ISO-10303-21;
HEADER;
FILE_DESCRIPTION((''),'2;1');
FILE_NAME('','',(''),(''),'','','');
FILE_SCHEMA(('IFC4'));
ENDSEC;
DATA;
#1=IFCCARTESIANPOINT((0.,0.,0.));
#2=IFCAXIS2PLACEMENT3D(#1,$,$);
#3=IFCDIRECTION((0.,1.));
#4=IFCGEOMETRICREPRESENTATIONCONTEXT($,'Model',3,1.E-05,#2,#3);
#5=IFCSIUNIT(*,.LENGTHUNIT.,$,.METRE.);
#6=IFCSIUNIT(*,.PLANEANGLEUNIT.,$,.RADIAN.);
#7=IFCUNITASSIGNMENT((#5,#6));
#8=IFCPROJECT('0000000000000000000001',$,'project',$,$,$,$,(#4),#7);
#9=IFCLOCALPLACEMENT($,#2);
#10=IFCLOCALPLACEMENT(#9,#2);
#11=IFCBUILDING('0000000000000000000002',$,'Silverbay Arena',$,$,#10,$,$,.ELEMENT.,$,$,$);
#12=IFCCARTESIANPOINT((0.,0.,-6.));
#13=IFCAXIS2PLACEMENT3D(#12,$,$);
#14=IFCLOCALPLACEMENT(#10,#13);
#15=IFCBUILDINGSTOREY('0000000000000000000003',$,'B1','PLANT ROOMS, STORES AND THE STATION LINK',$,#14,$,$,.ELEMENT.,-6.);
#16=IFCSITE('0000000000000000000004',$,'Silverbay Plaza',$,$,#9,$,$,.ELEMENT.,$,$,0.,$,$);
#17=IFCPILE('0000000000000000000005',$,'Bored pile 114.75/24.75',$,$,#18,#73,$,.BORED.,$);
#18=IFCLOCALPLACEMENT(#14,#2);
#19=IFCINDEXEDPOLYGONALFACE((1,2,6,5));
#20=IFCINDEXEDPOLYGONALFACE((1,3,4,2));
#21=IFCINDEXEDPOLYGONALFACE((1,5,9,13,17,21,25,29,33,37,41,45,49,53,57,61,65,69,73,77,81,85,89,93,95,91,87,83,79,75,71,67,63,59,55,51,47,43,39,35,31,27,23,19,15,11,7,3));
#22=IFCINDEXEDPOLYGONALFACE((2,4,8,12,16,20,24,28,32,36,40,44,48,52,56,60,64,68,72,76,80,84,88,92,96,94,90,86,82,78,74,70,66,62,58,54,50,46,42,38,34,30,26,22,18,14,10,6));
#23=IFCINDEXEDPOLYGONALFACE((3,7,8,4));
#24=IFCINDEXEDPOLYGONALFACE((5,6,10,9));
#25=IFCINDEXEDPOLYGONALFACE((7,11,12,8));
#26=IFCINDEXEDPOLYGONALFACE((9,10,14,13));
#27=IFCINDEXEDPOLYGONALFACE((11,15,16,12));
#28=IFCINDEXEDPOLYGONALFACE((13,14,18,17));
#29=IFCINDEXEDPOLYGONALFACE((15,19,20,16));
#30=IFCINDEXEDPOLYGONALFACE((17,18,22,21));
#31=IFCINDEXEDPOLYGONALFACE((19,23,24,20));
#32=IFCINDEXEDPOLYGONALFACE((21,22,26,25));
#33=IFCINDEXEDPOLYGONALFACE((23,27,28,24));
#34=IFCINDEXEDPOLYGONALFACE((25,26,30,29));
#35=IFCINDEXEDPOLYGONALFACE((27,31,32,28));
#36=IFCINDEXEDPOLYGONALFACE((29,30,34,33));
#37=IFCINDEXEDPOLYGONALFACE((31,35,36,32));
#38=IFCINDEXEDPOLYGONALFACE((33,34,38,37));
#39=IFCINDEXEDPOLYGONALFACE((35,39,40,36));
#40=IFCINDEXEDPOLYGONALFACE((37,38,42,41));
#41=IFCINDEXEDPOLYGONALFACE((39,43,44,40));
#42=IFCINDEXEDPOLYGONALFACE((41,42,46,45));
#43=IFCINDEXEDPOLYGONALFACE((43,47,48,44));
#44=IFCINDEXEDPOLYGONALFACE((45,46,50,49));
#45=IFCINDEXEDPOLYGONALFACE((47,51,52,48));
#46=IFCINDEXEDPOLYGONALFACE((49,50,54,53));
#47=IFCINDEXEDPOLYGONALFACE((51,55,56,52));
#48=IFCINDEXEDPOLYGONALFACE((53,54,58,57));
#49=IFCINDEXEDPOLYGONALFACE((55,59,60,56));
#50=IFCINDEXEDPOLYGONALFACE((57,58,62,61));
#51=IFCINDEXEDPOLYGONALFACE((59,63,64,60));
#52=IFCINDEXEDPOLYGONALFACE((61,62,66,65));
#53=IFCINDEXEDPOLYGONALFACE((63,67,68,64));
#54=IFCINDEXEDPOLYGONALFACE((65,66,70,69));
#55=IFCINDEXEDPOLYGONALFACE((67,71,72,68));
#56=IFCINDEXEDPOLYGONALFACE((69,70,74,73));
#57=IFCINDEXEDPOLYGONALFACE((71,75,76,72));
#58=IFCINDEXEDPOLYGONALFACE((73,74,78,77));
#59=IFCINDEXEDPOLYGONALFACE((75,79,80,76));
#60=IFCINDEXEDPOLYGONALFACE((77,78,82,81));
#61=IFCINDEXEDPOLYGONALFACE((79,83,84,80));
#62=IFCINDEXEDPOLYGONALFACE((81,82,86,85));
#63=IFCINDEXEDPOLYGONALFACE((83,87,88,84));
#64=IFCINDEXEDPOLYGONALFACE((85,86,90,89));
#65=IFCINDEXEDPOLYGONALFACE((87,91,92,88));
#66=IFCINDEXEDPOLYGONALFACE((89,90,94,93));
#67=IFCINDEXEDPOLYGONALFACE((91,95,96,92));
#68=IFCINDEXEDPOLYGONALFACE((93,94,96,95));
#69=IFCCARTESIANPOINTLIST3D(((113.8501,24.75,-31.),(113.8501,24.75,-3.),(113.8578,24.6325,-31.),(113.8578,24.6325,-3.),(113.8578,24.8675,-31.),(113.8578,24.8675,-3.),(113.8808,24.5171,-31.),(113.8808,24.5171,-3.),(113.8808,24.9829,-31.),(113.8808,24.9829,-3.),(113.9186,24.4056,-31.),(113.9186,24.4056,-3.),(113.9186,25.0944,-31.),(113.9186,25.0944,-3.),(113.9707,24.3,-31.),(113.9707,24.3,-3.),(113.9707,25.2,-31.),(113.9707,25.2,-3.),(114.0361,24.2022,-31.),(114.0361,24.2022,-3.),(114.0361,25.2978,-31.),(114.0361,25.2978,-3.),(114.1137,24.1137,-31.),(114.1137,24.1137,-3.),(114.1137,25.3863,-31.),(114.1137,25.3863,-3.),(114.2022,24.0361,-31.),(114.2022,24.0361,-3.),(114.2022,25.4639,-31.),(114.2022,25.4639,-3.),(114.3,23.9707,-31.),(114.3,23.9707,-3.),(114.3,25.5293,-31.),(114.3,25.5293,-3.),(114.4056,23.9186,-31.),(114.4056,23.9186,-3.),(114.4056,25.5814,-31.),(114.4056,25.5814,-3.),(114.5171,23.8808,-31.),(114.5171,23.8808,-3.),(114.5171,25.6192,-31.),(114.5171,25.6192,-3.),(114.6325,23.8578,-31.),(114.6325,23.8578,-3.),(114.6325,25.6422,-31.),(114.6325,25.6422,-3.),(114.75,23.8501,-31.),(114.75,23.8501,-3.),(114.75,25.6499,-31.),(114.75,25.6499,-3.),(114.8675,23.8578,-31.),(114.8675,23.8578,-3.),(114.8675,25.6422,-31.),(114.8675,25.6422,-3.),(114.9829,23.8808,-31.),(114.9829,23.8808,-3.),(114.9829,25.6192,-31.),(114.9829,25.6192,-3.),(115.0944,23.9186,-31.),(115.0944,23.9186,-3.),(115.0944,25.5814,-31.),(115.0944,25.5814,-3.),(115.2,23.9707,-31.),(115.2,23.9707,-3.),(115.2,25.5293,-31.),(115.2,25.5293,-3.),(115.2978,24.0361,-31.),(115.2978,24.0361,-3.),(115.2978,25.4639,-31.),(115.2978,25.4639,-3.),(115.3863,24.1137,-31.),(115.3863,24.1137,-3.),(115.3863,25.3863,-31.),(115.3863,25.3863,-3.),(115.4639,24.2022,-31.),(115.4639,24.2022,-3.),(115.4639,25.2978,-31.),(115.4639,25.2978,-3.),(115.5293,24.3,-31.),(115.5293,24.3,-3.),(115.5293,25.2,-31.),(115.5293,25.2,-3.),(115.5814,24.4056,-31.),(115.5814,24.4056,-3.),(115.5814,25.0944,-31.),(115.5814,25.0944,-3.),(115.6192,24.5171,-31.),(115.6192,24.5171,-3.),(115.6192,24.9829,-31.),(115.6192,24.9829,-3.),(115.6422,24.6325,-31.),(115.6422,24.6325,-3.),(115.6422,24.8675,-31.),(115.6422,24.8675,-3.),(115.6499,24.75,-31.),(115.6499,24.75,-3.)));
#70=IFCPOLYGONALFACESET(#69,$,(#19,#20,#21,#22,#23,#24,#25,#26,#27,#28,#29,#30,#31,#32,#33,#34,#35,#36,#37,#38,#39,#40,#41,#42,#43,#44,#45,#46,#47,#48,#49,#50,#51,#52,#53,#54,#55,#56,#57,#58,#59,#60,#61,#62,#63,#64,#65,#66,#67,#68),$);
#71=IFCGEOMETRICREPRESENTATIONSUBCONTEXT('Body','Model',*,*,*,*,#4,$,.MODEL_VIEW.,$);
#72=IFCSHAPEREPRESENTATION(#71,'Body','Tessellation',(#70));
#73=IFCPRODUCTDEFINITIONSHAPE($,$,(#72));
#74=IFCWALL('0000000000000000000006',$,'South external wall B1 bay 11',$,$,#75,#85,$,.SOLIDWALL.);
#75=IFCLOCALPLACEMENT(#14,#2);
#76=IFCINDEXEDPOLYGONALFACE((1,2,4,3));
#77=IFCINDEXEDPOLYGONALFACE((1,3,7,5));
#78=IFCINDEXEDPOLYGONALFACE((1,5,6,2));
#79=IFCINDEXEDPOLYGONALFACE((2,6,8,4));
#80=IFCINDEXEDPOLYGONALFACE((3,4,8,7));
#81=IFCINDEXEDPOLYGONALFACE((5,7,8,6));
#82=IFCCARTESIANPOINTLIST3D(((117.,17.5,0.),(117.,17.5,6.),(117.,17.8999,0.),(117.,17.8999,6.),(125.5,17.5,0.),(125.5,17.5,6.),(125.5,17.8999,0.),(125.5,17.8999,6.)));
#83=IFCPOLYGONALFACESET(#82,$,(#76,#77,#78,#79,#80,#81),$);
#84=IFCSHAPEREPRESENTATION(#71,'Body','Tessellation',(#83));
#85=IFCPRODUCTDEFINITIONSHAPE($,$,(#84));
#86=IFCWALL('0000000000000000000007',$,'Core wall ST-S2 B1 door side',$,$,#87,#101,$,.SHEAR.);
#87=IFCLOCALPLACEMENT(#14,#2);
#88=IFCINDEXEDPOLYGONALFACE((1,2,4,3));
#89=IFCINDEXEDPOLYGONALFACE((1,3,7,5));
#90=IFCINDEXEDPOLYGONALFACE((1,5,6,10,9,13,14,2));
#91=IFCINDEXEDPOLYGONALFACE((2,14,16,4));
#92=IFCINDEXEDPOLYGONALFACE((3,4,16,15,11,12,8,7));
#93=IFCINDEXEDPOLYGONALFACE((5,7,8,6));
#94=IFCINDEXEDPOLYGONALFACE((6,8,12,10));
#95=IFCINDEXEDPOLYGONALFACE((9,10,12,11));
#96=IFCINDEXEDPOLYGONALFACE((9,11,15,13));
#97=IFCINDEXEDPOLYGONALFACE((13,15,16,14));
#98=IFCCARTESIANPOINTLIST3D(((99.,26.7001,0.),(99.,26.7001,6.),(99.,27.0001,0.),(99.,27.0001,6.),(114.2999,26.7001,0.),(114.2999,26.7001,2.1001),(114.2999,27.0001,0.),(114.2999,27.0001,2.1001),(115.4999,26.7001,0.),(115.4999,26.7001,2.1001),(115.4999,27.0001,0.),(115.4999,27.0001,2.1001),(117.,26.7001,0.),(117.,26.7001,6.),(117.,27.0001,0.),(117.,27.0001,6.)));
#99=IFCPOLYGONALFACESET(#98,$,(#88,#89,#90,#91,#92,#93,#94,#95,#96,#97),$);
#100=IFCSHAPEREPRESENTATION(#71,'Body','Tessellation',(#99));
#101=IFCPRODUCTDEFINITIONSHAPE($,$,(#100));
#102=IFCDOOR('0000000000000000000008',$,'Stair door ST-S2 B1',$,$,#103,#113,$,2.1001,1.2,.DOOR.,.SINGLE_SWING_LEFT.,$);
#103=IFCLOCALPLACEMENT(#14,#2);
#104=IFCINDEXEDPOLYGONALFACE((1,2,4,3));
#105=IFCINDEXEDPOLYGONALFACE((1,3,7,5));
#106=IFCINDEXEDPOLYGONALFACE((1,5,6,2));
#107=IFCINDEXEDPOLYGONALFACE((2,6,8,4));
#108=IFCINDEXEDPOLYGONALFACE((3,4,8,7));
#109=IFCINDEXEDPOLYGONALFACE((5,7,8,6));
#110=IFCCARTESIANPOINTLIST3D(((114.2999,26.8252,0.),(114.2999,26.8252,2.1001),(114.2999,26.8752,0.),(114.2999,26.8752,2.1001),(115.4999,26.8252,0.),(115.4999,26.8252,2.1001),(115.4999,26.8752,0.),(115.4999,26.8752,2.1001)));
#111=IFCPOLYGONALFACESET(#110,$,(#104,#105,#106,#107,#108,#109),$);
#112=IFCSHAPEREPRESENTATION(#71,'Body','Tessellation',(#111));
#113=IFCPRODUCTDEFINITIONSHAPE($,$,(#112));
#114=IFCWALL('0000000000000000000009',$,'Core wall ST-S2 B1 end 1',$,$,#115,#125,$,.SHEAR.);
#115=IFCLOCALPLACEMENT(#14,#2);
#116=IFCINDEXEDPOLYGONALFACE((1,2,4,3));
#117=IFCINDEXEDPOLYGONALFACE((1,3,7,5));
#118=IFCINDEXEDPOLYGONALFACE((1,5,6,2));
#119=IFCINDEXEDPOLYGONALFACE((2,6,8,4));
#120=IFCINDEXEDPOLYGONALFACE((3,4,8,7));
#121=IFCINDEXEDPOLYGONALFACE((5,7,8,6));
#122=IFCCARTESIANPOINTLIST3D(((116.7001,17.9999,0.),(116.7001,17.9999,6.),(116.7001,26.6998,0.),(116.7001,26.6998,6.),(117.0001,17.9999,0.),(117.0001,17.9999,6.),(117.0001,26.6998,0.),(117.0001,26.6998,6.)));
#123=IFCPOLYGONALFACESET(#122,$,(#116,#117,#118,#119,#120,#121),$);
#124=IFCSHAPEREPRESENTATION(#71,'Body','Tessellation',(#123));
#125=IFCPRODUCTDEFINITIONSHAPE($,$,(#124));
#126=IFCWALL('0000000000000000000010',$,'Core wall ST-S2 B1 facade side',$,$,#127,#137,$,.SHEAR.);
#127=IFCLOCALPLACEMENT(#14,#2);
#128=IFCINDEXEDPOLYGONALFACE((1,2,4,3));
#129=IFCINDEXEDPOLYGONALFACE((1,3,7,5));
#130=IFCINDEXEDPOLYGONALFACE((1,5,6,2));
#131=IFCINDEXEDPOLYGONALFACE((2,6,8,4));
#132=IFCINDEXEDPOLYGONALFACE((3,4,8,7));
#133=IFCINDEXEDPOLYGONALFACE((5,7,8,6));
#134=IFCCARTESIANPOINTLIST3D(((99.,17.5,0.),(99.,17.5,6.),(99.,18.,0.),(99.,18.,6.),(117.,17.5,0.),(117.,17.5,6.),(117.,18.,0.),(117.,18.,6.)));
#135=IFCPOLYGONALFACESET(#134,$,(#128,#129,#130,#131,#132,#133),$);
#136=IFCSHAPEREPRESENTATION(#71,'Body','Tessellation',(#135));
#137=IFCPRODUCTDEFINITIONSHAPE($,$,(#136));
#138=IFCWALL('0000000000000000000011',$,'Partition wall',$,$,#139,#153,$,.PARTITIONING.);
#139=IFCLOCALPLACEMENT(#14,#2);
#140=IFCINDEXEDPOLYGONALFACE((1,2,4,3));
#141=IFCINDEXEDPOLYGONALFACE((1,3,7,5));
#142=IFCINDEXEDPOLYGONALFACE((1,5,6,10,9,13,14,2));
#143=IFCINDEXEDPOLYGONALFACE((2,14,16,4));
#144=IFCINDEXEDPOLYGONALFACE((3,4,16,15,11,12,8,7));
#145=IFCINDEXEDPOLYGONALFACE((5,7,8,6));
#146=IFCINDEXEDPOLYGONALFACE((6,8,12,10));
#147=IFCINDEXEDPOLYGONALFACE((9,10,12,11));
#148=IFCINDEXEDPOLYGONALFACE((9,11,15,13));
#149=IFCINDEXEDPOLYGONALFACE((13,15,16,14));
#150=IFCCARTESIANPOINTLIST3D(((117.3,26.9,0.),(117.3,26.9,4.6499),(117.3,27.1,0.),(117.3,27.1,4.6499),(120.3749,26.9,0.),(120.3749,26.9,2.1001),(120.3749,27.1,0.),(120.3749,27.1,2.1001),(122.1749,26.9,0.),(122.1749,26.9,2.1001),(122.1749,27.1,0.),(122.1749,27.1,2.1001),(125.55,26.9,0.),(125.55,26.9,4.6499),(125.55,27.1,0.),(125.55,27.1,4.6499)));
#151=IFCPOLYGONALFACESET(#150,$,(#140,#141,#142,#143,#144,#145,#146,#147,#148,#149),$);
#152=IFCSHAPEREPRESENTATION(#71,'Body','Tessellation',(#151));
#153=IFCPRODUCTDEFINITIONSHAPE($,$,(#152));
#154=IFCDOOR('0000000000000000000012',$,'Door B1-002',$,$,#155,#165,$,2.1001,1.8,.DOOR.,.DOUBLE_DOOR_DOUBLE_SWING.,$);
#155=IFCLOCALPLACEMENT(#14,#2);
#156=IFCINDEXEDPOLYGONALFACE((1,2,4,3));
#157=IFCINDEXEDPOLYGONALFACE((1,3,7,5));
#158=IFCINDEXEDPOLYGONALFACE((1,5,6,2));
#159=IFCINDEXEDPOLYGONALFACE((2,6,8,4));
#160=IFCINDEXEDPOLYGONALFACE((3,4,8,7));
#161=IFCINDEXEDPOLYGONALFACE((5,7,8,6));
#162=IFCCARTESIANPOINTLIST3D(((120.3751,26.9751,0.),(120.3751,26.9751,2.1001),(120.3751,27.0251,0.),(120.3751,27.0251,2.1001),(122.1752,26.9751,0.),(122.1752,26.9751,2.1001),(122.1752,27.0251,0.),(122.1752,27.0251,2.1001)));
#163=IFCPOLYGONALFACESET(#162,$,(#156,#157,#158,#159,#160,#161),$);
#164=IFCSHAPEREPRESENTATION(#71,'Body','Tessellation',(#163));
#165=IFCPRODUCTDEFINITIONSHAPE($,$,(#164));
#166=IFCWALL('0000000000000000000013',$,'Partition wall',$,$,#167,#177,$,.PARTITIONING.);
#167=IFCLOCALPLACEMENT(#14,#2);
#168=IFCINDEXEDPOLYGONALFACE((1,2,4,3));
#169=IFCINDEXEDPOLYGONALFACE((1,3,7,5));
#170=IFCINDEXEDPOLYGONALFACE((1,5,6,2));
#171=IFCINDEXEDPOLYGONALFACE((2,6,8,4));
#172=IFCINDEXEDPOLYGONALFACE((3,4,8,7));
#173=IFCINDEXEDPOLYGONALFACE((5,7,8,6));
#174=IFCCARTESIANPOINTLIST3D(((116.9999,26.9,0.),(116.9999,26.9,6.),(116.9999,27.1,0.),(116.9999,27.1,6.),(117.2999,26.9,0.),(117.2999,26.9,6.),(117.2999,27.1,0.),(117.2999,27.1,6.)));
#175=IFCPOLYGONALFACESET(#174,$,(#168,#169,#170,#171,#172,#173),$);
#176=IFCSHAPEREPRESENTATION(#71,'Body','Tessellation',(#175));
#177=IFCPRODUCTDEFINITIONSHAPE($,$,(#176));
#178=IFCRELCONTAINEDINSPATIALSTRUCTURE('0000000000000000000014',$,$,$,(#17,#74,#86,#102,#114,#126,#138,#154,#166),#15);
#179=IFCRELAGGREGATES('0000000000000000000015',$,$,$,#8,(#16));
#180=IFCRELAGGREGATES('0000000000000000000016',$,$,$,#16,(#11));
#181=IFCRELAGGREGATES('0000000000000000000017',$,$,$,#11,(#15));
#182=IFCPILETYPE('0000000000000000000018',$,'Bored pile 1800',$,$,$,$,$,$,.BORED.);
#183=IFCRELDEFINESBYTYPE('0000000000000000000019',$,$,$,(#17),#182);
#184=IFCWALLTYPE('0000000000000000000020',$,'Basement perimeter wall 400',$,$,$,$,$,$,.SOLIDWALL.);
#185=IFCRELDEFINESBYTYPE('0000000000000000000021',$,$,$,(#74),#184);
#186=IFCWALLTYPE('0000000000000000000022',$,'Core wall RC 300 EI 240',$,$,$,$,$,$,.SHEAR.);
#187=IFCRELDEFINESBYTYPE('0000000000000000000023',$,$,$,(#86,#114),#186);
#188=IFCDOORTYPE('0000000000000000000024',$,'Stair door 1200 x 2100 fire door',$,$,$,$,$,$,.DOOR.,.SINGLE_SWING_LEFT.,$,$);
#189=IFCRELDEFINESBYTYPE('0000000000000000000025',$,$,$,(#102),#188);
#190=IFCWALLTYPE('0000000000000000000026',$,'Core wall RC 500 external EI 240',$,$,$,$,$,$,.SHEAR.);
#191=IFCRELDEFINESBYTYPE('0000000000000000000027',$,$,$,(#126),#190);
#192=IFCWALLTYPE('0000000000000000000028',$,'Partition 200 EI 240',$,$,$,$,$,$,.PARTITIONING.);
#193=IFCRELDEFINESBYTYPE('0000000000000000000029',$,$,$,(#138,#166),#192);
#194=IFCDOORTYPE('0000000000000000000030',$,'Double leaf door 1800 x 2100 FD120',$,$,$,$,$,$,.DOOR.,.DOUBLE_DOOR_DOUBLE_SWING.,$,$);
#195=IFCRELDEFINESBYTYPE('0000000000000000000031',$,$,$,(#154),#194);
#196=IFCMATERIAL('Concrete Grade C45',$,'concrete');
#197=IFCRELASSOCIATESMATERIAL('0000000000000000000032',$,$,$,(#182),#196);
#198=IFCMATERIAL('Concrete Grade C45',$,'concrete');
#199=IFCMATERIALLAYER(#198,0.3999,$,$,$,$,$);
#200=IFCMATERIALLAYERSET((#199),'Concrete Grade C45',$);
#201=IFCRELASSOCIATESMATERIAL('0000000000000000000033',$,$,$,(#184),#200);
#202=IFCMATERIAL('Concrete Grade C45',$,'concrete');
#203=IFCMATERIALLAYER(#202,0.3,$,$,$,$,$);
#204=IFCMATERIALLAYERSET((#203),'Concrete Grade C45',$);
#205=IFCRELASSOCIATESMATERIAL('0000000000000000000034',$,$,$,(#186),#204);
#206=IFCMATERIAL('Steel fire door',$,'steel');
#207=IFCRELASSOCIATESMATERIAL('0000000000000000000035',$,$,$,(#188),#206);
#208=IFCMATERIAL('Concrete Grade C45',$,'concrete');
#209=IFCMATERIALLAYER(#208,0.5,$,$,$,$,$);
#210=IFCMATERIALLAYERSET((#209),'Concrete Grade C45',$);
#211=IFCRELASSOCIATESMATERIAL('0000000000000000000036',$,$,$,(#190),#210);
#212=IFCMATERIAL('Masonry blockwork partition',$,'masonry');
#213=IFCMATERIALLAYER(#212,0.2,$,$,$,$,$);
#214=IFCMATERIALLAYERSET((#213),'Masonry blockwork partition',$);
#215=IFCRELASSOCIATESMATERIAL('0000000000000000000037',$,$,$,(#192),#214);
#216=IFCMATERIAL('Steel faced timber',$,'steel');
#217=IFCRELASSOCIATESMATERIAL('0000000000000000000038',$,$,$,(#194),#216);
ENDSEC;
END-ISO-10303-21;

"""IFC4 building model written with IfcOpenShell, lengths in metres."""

from ifc_helpers import new_model, si_unit, direction, frame, frame_2d, origin, origin_2d, place, context, subcontext, project, spatial, rectangle, circle, extrude, material, layer, layer_set, material_profile, profile_set, type_object, element, fill, save


model = new_model("IFC4")

# Units and contexts
model_context = context("Model", 3, precision=1e-05, world=origin(), true_north=direction((0.0, 1.0)))
body_context = subcontext(model_context, "Body", "Model", "MODEL_VIEW")
ifc_project = project(units=[si_unit("LENGTHUNIT", "METRE"), si_unit("PLANEANGLEUNIT", "RADIAN")], contexts=[model_context])

# Site, building, storey
site_placement = place(None, origin())
site = spatial("IfcSite", under=ifc_project, at=site_placement, Name="Silverbay Plaza", CompositionType="ELEMENT", RefElevation=0.0)
building_placement = place(site_placement, origin())
building = spatial("IfcBuilding", under=site, at=building_placement, Name="Silverbay Arena", CompositionType="ELEMENT")
storey_placement = place(building_placement, frame((0.0, 0.0, -6.0)))
storey = spatial("IfcBuildingStorey", under=building, at=storey_placement, Name="B1", Description="PLANT ROOMS, STORES AND THE STATION LINK", CompositionType="ELEMENT", Elevation=-6.0)

# Pile
ifc_material_1 = material(Name="Concrete Grade C45", Category="concrete")
ifc_material_profile_1 = material_profile(ifc_material_1, circle(Radius=0.8999, at=origin_2d()), Name="Bored pile 1800")
ifc_profile_set_1 = profile_set([ifc_material_profile_1], Name="Concrete Grade C45")
pile_type_1 = type_object("IfcPileType", Name="Bored pile 1800", PredefinedType="BORED", material=ifc_profile_set_1)
for number, where, z_axis, x_axis, name in (
    (1, (114.75, 24.75, -3.0), (0.0, 0.0, -1.0), (1.0, 0.0, 0.0), "Bored pile 114.75/24.75"),
):
    element("IfcPile", number, at=place(storey_placement, frame(where, z_axis=z_axis, x_axis=x_axis)), inside=storey, type_object=pile_type_1, Name=name, PredefinedType="BORED", context=body_context, shape_type="SweptSolid", body=[
        extrude(circle(Radius=0.8999, at=origin_2d()), origin(), (0.0, 0.0, 1.0), 28.0),
    ])

# Wall
ifc_material_2 = material(Name="Concrete Grade C45", Category="concrete")
ifc_layer_1 = layer(ifc_material_2, 0.3999)
ifc_layer_set_1 = layer_set([ifc_layer_1], Name="Concrete Grade C45")
wall_type_1 = type_object("IfcWallType", Name="Basement perimeter wall 400", PredefinedType="SOLIDWALL", material=ifc_layer_set_1)
wall_1_placement = place(storey_placement, frame((117.0, 17.7, 0.0), z_axis=(0.0, 0.0, 1.0), x_axis=(1.0, 0.0, 0.0)))
element("IfcWall", 2, at=wall_1_placement, inside=storey, type_object=wall_type_1, Name="South external wall B1 bay 11", PredefinedType="SOLIDWALL", context=body_context, shape_type="SweptSolid", body=[
    extrude(rectangle(XDim=8.5, YDim=0.3999, at=frame_2d((4.25, 0.0))), origin(), (0.0, 0.0, 1.0), 6.0),
])

# Wall, opening, door
ifc_material_3 = material(Name="Concrete Grade C45", Category="concrete")
ifc_layer_2 = layer(ifc_material_3, 0.3)
ifc_layer_set_2 = layer_set([ifc_layer_2], Name="Concrete Grade C45")
wall_type_2 = type_object("IfcWallType", Name="Core wall RC 300 EI 240", PredefinedType="SHEAR", material=ifc_layer_set_2)
wall_2_placement = place(storey_placement, frame((117.0, 26.8501, 0.0), z_axis=(0.0, 0.0, 1.0), x_axis=(-1.0, 0.0, 0.0)))
wall_2 = element("IfcWall", 3, at=wall_2_placement, inside=storey, type_object=wall_type_2, Name="Core wall ST-S2 B1 door side", PredefinedType="SHEAR", context=body_context, shape_type="SweptSolid", body=[
    extrude(rectangle(XDim=18.0, YDim=0.3, at=frame_2d((9.0, 0.0))), origin(), (0.0, 0.0, 1.0), 6.0),
])
opening_1_placement = place(wall_2_placement, frame((1.5, 0.0, 0.0)))
opening_1 = element("IfcOpeningElement", 4, at=opening_1_placement, cuts=wall_2, PredefinedType="OPENING", context=body_context, shape_type="SweptSolid", body=[
    extrude(rectangle(XDim=1.2, YDim=2.1001, at=frame_2d((0.6001, 1.05))), frame((0.0, 0.1602, 0.0), z_axis=(0.0, -1.0, 0.0), x_axis=(1.0, 0.0, 0.0)), (0.0, 0.0, 1.0), 0.3201),
])
ifc_material_4 = material(Name="Steel fire door", Category="steel")
door_type_1 = type_object("IfcDoorType", Name="Stair door 1200 x 2100 fire door", OperationType="SINGLE_SWING_LEFT", PredefinedType="DOOR", material=ifc_material_4)
door_1_placement = place(opening_1_placement, origin())
door_1 = element("IfcDoor", 5, at=door_1_placement, inside=storey, type_object=door_type_1, Name="Stair door ST-S2 B1", OperationType="SINGLE_SWING_LEFT", OverallHeight=2.1001, OverallWidth=1.2, PredefinedType="DOOR", context=body_context, shape_type="SweptSolid", body=[
    extrude(rectangle(XDim=1.2, YDim=2.1001, at=frame_2d((0.6001, 1.05))), frame((0.0, 0.0249, 0.0), z_axis=(0.0, -1.0, 0.0), x_axis=(1.0, 0.0, 0.0)), (0.0, 0.0, 1.0), 0.05),
])
fill(opening_1, door_1)

# Walls
wall_3_placement = place(storey_placement, frame((116.8501, 26.7, 0.0), z_axis=(0.0, 0.0, 1.0), x_axis=(0.0, -1.0, 0.0)))
element("IfcWall", 6, at=wall_3_placement, inside=storey, type_object=wall_type_2, Name="Core wall ST-S2 B1 end 1", PredefinedType="SHEAR", context=body_context, shape_type="SweptSolid", body=[
    extrude(rectangle(XDim=8.7, YDim=0.3, at=frame_2d((4.3501, 0.0))), origin(), (0.0, 0.0, 1.0), 6.0),
])
ifc_material_5 = material(Name="Concrete Grade C45", Category="concrete")
ifc_layer_3 = layer(ifc_material_5, 0.5)
ifc_layer_set_3 = layer_set([ifc_layer_3], Name="Concrete Grade C45")
wall_type_3 = type_object("IfcWallType", Name="Core wall RC 500 external EI 240", PredefinedType="SHEAR", material=ifc_layer_set_3)
wall_4_placement = place(storey_placement, frame((117.0, 17.75, 0.0), z_axis=(0.0, 0.0, 1.0), x_axis=(-1.0, 0.0, 0.0)))
element("IfcWall", 7, at=wall_4_placement, inside=storey, type_object=wall_type_3, Name="Core wall ST-S2 B1 facade side", PredefinedType="SHEAR", context=body_context, shape_type="SweptSolid", body=[
    extrude(rectangle(XDim=18.0, YDim=0.5, at=frame_2d((9.0, 0.0))), origin(), (0.0, 0.0, 1.0), 6.0),
])

# Wall, opening, door
ifc_material_6 = material(Name="Masonry blockwork partition", Category="masonry")
ifc_layer_4 = layer(ifc_material_6, 0.2)
ifc_layer_set_4 = layer_set([ifc_layer_4], Name="Masonry blockwork partition")
wall_type_4 = type_object("IfcWallType", Name="Partition 200 EI 240", PredefinedType="PARTITIONING", material=ifc_layer_set_4)
wall_5_placement = place(storey_placement, frame((117.3, 27.0, 0.0), z_axis=(0.0, 0.0, 1.0), x_axis=(1.0, 0.0, 0.0)))
wall_5 = element("IfcWall", 8, at=wall_5_placement, inside=storey, type_object=wall_type_4, Name="Partition wall", PredefinedType="PARTITIONING", context=body_context, shape_type="SweptSolid", body=[
    extrude(rectangle(XDim=8.25, YDim=0.2, at=frame_2d((4.125, 0.0))), origin(), (0.0, 0.0, 1.0), 4.6499),
])
opening_2_placement = place(wall_5_placement, frame((3.075, 0.0, 0.0)))
opening_2 = element("IfcOpeningElement", 9, at=opening_2_placement, cuts=wall_5, PredefinedType="OPENING", context=body_context, shape_type="SweptSolid", body=[
    extrude(rectangle(XDim=1.8, YDim=2.1001, at=frame_2d((0.8999, 1.05))), frame((0.0, 0.1099, 0.0), z_axis=(0.0, -1.0, 0.0), x_axis=(1.0, 0.0, 0.0)), (0.0, 0.0, 1.0), 0.22),
])
ifc_material_7 = material(Name="Steel faced timber", Category="steel")
door_type_2 = type_object("IfcDoorType", Name="Double leaf door 1800 x 2100 FD120", OperationType="DOUBLE_DOOR_DOUBLE_SWING", PredefinedType="DOOR", material=ifc_material_7)
door_2_placement = place(opening_2_placement, frame((1.8, 0.0, 0.0), z_axis=(0.0, 0.0, 1.0), x_axis=(-1.0, 0.0, 0.0)))
door_2 = element("IfcDoor", 10, at=door_2_placement, inside=storey, type_object=door_type_2, Name="Door B1-002", OperationType="DOUBLE_DOOR_DOUBLE_SWING", OverallHeight=2.1001, OverallWidth=1.8, PredefinedType="DOOR", context=body_context, shape_type="SweptSolid", body=[
    extrude(rectangle(XDim=1.8, YDim=2.1001, at=frame_2d((0.8999, 1.05))), frame((0.0, 0.0249, 0.0), z_axis=(0.0, -1.0, 0.0), x_axis=(1.0, 0.0, 0.0)), (0.0, 0.0, 1.0), 0.05),
])
fill(opening_2, door_2)

# Wall
wall_6_placement = place(storey_placement, frame((117.0, 27.0, 0.0), z_axis=(0.0, 0.0, 1.0), x_axis=(1.0, 0.0, 0.0)))
element("IfcWall", 11, at=wall_6_placement, inside=storey, type_object=wall_type_4, Name="Partition wall", PredefinedType="PARTITIONING", context=body_context, shape_type="SweptSolid", body=[
    extrude(rectangle(XDim=0.3, YDim=0.2, at=frame_2d((0.1499, 0.0))), origin(), (0.0, 0.0, 1.0), 6.0),
])

save(model, "model.ifc")
